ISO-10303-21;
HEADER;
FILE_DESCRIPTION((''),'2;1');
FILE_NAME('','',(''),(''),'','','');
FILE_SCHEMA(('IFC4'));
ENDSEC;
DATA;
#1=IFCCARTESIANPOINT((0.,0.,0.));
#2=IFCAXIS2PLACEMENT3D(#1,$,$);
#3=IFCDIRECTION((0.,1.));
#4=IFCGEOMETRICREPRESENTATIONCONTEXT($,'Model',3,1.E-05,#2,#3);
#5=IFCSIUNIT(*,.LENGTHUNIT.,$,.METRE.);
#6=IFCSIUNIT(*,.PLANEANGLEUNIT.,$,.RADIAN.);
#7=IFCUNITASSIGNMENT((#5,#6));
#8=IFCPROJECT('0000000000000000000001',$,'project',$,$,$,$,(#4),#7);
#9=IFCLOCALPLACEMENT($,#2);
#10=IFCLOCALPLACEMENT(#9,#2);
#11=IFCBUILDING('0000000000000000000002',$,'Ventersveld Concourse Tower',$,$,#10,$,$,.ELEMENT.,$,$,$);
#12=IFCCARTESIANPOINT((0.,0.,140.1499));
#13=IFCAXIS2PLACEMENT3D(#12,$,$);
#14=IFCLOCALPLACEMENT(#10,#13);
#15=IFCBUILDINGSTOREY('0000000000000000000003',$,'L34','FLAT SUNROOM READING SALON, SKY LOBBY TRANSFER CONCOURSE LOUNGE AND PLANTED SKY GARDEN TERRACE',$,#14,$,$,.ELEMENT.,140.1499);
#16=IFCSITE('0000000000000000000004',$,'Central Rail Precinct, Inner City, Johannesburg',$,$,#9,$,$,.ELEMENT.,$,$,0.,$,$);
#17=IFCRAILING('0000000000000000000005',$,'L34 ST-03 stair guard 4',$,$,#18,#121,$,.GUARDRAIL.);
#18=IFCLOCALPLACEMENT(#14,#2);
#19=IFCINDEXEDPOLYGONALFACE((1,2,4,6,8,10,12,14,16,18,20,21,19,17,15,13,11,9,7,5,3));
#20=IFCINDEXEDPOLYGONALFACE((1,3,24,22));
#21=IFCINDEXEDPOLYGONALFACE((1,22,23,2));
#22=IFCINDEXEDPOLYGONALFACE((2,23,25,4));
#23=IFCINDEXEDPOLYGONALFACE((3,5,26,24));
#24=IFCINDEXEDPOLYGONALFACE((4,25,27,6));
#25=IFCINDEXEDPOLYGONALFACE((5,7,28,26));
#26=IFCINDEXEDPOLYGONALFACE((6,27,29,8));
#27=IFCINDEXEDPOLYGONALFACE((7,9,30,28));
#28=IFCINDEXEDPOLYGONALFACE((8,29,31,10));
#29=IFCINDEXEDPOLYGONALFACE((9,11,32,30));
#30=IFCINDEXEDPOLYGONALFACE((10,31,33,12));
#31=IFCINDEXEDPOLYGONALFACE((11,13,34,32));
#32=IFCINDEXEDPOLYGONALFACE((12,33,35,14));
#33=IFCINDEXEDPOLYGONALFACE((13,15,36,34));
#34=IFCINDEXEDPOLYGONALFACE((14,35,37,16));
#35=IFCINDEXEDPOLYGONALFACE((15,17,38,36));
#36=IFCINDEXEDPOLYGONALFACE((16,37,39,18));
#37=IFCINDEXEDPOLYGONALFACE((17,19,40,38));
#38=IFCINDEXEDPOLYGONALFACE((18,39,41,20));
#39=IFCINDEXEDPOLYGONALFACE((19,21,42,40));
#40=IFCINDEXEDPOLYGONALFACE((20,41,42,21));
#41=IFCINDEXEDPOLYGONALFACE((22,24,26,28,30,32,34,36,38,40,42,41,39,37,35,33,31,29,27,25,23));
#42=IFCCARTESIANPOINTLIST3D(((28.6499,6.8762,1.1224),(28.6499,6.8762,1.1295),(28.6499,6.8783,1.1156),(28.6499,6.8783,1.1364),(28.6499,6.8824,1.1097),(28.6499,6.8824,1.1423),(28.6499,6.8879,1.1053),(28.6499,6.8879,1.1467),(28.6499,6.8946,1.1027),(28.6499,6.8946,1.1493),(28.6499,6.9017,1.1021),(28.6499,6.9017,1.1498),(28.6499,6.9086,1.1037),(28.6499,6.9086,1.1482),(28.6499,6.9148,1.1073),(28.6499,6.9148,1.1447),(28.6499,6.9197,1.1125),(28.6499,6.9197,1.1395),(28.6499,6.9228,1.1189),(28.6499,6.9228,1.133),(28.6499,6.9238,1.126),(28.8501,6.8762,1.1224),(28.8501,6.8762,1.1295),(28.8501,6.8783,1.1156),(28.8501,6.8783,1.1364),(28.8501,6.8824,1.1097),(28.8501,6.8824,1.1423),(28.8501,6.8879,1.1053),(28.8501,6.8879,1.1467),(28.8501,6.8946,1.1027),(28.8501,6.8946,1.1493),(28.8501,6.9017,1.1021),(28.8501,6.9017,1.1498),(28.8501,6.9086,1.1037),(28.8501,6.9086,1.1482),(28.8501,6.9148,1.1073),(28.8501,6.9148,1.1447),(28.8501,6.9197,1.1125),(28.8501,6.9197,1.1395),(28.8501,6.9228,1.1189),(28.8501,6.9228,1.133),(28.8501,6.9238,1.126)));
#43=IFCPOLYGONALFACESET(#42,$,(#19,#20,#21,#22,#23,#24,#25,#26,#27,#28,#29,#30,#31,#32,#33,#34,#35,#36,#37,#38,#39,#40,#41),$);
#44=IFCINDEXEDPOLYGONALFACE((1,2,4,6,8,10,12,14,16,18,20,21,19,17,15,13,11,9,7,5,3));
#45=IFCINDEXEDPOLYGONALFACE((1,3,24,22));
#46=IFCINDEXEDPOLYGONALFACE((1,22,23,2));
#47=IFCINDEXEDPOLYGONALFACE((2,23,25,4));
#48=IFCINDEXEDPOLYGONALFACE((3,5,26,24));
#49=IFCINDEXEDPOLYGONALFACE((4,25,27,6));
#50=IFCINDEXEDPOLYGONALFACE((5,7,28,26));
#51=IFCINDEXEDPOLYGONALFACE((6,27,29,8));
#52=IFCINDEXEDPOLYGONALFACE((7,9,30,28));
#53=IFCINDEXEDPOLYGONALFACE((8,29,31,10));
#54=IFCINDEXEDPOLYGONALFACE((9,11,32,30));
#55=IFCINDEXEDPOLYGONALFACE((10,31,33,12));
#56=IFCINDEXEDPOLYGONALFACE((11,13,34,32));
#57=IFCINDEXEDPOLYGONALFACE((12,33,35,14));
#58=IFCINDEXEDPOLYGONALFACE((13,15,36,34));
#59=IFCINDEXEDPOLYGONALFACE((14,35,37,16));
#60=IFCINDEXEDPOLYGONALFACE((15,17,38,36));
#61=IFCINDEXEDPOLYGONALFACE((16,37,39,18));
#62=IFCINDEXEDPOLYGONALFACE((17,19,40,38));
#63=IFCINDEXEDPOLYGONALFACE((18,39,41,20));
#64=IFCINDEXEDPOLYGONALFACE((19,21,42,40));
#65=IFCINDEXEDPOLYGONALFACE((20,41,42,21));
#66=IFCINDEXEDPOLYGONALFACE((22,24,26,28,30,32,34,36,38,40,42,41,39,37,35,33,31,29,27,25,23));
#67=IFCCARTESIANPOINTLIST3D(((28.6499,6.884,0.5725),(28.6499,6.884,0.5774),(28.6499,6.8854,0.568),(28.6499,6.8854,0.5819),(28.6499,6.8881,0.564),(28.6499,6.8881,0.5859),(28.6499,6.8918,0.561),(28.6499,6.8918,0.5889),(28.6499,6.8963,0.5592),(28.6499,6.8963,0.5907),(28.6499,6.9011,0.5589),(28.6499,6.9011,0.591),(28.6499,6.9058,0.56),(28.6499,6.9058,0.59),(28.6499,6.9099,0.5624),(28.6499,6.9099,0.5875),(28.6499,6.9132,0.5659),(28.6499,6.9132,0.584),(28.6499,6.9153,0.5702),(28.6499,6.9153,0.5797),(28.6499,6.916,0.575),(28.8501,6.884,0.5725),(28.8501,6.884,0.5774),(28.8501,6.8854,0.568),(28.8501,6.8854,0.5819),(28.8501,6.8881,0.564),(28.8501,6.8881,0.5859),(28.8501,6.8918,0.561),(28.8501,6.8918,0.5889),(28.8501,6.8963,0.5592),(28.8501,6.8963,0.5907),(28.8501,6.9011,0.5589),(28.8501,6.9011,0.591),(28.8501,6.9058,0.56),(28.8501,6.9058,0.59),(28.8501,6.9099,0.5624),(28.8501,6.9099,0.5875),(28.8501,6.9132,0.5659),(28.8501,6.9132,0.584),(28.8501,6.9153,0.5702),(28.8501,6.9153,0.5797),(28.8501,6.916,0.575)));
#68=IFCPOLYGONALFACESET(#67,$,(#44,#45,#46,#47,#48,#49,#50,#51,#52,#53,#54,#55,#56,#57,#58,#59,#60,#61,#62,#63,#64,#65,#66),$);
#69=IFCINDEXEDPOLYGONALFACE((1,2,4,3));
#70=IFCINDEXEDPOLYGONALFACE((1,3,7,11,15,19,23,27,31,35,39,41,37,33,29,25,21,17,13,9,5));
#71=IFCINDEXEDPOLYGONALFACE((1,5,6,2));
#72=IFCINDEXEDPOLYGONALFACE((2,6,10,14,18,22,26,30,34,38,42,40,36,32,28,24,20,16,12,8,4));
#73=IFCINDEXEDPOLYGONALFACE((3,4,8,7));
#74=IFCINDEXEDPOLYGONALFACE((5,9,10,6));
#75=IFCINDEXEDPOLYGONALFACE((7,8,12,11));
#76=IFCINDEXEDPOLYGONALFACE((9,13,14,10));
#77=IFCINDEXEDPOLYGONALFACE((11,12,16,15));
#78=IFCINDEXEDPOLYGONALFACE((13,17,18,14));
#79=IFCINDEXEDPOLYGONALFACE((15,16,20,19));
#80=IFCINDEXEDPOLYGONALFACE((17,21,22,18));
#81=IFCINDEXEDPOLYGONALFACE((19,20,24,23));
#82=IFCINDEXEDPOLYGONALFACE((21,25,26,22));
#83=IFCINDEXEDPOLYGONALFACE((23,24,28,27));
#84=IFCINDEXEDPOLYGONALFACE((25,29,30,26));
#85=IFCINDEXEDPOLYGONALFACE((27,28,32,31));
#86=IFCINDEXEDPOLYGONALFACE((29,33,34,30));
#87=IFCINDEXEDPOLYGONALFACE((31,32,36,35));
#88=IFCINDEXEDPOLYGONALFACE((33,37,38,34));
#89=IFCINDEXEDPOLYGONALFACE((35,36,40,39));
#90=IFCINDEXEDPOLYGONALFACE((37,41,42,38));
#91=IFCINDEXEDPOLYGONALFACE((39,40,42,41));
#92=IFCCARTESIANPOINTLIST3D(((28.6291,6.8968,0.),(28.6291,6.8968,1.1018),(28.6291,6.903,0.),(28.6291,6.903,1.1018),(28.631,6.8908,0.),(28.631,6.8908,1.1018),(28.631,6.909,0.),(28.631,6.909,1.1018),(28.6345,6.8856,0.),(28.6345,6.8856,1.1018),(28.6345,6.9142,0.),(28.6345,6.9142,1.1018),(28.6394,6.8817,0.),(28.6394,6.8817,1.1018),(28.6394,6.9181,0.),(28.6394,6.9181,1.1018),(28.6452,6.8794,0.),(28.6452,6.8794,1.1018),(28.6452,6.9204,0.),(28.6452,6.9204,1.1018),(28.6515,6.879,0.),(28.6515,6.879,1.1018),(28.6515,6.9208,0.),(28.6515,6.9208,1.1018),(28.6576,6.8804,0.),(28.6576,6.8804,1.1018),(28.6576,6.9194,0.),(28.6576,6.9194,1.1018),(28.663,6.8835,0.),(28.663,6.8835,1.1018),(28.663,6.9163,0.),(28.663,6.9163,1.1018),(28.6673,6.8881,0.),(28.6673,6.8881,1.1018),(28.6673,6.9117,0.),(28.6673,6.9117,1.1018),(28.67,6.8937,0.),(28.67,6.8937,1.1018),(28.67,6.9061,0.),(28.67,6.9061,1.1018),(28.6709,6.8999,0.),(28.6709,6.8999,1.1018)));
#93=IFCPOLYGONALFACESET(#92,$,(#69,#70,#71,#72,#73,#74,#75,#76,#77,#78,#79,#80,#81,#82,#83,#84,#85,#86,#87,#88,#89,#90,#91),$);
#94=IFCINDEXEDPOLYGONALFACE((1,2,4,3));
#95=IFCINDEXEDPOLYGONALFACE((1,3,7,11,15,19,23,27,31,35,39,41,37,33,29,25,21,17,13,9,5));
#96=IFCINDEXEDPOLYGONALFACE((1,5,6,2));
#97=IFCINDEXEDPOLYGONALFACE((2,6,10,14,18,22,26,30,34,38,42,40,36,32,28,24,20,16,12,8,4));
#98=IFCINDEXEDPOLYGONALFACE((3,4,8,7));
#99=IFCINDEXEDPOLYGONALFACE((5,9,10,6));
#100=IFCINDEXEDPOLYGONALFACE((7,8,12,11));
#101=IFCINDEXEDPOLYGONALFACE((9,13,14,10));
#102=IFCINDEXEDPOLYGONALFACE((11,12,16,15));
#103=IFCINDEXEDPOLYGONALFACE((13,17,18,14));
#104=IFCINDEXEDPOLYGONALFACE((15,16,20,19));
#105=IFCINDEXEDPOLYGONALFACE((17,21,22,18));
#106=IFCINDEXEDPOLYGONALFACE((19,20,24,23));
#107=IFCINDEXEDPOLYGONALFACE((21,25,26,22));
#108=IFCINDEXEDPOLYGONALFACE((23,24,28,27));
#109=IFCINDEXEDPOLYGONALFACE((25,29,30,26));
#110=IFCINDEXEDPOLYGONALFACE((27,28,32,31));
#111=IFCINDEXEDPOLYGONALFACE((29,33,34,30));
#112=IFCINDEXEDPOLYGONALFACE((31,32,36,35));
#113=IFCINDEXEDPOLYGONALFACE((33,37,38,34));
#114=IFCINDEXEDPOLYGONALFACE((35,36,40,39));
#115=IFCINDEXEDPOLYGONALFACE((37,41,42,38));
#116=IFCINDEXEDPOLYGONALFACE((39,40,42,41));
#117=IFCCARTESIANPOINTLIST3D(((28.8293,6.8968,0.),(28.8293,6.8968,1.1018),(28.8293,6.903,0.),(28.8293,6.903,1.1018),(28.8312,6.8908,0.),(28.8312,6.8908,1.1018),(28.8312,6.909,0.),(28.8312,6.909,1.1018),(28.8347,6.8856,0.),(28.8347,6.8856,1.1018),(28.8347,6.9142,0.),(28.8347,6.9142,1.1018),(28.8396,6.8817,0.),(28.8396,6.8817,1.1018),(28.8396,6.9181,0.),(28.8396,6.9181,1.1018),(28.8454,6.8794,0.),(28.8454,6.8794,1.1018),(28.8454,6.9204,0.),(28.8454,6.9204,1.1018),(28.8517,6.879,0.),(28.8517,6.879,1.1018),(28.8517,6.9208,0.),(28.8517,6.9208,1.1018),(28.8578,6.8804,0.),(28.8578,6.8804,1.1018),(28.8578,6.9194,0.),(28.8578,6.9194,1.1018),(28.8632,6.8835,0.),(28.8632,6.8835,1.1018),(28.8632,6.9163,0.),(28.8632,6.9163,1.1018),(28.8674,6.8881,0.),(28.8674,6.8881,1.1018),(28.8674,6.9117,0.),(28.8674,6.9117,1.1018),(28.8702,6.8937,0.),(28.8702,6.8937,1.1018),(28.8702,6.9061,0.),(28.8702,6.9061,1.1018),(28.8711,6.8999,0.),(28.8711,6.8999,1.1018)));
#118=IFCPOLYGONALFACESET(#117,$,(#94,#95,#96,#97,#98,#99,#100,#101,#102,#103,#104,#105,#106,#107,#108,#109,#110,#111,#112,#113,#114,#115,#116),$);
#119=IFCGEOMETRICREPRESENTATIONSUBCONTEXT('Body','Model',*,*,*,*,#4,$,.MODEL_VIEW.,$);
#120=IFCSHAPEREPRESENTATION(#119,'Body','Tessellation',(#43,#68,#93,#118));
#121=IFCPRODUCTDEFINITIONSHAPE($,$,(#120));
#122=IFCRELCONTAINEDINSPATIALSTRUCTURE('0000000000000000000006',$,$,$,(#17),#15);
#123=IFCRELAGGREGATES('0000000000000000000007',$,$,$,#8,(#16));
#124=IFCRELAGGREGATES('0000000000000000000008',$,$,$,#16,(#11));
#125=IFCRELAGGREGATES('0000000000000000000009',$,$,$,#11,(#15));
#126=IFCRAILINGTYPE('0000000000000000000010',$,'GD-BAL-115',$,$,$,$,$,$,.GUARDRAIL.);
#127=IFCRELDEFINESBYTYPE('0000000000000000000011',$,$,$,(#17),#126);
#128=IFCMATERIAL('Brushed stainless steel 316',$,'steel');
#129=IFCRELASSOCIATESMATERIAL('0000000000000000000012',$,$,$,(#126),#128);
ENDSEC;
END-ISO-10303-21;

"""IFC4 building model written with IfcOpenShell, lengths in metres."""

from ifc_helpers import new_model, si_unit, direction, frame, origin, origin_2d, place, context, subcontext, project, spatial, circle, extrude, material, type_object, element, save


model = new_model("IFC4")

# Units and contexts
model_context = context("Model", 3, precision=1e-05, world=origin(), true_north=direction((0.0, 1.0)))
body_context = subcontext(model_context, "Body", "Model", "MODEL_VIEW")
ifc_project = project(units=[si_unit("LENGTHUNIT", "METRE"), si_unit("PLANEANGLEUNIT", "RADIAN")], contexts=[model_context])

# Site, building, storey
site_placement = place(None, origin())
site = spatial("IfcSite", under=ifc_project, at=site_placement, Name="Central Rail Precinct, Inner City, Johannesburg", CompositionType="ELEMENT", RefElevation=0.0)
building_placement = place(site_placement, origin())
building = spatial("IfcBuilding", under=site, at=building_placement, Name="Ventersveld Concourse Tower", CompositionType="ELEMENT")
storey_placement = place(building_placement, frame((0.0, 0.0, 140.1499)))
storey = spatial("IfcBuildingStorey", under=building, at=storey_placement, Name="L34", Description="FLAT SUNROOM READING SALON, SKY LOBBY TRANSFER CONCOURSE LOUNGE AND PLANTED SKY GARDEN TERRACE", CompositionType="ELEMENT", Elevation=140.1499)

# Shared definitions
ifc_material_1 = material(Name="Brushed stainless steel 316", Category="steel")

# Railing
railing_type_1 = type_object("IfcRailingType", Name="GD-BAL-115", PredefinedType="GUARDRAIL", material=ifc_material_1)
for number, where, name in (
    (1, (28.6499, 6.8999, 0.0), "L34 ST-03 stair guard 4"),
):
    element("IfcRailing", number, at=place(storey_placement, frame(where)), inside=storey, type_object=railing_type_1, Name=name, PredefinedType="GUARDRAIL", context=body_context, shape_type="SweptSolid", body=[
        extrude(circle(Radius=0.0239, at=origin_2d()), frame((0.0, 0.0, 1.126), z_axis=(1.0, 0.0, 0.0), x_axis=(0.0, 1.0, 0.0)), (0.0, 0.0, 1.0), 0.2002),
        extrude(circle(Radius=0.0161, at=origin_2d()), frame((0.0, 0.0, 0.575), z_axis=(1.0, 0.0, 0.0), x_axis=(0.0, 1.0, 0.0)), (0.0, 0.0, 1.0), 0.2002),
        extrude(circle(Radius=0.021, at=origin_2d()), origin(), (0.0, 0.0, 1.0), 1.1018),
        extrude(circle(Radius=0.021, at=origin_2d()), frame((0.2002, 0.0, 0.0)), (0.0, 0.0, 1.0), 1.1018),
    ])

save(model, "model.ifc")
